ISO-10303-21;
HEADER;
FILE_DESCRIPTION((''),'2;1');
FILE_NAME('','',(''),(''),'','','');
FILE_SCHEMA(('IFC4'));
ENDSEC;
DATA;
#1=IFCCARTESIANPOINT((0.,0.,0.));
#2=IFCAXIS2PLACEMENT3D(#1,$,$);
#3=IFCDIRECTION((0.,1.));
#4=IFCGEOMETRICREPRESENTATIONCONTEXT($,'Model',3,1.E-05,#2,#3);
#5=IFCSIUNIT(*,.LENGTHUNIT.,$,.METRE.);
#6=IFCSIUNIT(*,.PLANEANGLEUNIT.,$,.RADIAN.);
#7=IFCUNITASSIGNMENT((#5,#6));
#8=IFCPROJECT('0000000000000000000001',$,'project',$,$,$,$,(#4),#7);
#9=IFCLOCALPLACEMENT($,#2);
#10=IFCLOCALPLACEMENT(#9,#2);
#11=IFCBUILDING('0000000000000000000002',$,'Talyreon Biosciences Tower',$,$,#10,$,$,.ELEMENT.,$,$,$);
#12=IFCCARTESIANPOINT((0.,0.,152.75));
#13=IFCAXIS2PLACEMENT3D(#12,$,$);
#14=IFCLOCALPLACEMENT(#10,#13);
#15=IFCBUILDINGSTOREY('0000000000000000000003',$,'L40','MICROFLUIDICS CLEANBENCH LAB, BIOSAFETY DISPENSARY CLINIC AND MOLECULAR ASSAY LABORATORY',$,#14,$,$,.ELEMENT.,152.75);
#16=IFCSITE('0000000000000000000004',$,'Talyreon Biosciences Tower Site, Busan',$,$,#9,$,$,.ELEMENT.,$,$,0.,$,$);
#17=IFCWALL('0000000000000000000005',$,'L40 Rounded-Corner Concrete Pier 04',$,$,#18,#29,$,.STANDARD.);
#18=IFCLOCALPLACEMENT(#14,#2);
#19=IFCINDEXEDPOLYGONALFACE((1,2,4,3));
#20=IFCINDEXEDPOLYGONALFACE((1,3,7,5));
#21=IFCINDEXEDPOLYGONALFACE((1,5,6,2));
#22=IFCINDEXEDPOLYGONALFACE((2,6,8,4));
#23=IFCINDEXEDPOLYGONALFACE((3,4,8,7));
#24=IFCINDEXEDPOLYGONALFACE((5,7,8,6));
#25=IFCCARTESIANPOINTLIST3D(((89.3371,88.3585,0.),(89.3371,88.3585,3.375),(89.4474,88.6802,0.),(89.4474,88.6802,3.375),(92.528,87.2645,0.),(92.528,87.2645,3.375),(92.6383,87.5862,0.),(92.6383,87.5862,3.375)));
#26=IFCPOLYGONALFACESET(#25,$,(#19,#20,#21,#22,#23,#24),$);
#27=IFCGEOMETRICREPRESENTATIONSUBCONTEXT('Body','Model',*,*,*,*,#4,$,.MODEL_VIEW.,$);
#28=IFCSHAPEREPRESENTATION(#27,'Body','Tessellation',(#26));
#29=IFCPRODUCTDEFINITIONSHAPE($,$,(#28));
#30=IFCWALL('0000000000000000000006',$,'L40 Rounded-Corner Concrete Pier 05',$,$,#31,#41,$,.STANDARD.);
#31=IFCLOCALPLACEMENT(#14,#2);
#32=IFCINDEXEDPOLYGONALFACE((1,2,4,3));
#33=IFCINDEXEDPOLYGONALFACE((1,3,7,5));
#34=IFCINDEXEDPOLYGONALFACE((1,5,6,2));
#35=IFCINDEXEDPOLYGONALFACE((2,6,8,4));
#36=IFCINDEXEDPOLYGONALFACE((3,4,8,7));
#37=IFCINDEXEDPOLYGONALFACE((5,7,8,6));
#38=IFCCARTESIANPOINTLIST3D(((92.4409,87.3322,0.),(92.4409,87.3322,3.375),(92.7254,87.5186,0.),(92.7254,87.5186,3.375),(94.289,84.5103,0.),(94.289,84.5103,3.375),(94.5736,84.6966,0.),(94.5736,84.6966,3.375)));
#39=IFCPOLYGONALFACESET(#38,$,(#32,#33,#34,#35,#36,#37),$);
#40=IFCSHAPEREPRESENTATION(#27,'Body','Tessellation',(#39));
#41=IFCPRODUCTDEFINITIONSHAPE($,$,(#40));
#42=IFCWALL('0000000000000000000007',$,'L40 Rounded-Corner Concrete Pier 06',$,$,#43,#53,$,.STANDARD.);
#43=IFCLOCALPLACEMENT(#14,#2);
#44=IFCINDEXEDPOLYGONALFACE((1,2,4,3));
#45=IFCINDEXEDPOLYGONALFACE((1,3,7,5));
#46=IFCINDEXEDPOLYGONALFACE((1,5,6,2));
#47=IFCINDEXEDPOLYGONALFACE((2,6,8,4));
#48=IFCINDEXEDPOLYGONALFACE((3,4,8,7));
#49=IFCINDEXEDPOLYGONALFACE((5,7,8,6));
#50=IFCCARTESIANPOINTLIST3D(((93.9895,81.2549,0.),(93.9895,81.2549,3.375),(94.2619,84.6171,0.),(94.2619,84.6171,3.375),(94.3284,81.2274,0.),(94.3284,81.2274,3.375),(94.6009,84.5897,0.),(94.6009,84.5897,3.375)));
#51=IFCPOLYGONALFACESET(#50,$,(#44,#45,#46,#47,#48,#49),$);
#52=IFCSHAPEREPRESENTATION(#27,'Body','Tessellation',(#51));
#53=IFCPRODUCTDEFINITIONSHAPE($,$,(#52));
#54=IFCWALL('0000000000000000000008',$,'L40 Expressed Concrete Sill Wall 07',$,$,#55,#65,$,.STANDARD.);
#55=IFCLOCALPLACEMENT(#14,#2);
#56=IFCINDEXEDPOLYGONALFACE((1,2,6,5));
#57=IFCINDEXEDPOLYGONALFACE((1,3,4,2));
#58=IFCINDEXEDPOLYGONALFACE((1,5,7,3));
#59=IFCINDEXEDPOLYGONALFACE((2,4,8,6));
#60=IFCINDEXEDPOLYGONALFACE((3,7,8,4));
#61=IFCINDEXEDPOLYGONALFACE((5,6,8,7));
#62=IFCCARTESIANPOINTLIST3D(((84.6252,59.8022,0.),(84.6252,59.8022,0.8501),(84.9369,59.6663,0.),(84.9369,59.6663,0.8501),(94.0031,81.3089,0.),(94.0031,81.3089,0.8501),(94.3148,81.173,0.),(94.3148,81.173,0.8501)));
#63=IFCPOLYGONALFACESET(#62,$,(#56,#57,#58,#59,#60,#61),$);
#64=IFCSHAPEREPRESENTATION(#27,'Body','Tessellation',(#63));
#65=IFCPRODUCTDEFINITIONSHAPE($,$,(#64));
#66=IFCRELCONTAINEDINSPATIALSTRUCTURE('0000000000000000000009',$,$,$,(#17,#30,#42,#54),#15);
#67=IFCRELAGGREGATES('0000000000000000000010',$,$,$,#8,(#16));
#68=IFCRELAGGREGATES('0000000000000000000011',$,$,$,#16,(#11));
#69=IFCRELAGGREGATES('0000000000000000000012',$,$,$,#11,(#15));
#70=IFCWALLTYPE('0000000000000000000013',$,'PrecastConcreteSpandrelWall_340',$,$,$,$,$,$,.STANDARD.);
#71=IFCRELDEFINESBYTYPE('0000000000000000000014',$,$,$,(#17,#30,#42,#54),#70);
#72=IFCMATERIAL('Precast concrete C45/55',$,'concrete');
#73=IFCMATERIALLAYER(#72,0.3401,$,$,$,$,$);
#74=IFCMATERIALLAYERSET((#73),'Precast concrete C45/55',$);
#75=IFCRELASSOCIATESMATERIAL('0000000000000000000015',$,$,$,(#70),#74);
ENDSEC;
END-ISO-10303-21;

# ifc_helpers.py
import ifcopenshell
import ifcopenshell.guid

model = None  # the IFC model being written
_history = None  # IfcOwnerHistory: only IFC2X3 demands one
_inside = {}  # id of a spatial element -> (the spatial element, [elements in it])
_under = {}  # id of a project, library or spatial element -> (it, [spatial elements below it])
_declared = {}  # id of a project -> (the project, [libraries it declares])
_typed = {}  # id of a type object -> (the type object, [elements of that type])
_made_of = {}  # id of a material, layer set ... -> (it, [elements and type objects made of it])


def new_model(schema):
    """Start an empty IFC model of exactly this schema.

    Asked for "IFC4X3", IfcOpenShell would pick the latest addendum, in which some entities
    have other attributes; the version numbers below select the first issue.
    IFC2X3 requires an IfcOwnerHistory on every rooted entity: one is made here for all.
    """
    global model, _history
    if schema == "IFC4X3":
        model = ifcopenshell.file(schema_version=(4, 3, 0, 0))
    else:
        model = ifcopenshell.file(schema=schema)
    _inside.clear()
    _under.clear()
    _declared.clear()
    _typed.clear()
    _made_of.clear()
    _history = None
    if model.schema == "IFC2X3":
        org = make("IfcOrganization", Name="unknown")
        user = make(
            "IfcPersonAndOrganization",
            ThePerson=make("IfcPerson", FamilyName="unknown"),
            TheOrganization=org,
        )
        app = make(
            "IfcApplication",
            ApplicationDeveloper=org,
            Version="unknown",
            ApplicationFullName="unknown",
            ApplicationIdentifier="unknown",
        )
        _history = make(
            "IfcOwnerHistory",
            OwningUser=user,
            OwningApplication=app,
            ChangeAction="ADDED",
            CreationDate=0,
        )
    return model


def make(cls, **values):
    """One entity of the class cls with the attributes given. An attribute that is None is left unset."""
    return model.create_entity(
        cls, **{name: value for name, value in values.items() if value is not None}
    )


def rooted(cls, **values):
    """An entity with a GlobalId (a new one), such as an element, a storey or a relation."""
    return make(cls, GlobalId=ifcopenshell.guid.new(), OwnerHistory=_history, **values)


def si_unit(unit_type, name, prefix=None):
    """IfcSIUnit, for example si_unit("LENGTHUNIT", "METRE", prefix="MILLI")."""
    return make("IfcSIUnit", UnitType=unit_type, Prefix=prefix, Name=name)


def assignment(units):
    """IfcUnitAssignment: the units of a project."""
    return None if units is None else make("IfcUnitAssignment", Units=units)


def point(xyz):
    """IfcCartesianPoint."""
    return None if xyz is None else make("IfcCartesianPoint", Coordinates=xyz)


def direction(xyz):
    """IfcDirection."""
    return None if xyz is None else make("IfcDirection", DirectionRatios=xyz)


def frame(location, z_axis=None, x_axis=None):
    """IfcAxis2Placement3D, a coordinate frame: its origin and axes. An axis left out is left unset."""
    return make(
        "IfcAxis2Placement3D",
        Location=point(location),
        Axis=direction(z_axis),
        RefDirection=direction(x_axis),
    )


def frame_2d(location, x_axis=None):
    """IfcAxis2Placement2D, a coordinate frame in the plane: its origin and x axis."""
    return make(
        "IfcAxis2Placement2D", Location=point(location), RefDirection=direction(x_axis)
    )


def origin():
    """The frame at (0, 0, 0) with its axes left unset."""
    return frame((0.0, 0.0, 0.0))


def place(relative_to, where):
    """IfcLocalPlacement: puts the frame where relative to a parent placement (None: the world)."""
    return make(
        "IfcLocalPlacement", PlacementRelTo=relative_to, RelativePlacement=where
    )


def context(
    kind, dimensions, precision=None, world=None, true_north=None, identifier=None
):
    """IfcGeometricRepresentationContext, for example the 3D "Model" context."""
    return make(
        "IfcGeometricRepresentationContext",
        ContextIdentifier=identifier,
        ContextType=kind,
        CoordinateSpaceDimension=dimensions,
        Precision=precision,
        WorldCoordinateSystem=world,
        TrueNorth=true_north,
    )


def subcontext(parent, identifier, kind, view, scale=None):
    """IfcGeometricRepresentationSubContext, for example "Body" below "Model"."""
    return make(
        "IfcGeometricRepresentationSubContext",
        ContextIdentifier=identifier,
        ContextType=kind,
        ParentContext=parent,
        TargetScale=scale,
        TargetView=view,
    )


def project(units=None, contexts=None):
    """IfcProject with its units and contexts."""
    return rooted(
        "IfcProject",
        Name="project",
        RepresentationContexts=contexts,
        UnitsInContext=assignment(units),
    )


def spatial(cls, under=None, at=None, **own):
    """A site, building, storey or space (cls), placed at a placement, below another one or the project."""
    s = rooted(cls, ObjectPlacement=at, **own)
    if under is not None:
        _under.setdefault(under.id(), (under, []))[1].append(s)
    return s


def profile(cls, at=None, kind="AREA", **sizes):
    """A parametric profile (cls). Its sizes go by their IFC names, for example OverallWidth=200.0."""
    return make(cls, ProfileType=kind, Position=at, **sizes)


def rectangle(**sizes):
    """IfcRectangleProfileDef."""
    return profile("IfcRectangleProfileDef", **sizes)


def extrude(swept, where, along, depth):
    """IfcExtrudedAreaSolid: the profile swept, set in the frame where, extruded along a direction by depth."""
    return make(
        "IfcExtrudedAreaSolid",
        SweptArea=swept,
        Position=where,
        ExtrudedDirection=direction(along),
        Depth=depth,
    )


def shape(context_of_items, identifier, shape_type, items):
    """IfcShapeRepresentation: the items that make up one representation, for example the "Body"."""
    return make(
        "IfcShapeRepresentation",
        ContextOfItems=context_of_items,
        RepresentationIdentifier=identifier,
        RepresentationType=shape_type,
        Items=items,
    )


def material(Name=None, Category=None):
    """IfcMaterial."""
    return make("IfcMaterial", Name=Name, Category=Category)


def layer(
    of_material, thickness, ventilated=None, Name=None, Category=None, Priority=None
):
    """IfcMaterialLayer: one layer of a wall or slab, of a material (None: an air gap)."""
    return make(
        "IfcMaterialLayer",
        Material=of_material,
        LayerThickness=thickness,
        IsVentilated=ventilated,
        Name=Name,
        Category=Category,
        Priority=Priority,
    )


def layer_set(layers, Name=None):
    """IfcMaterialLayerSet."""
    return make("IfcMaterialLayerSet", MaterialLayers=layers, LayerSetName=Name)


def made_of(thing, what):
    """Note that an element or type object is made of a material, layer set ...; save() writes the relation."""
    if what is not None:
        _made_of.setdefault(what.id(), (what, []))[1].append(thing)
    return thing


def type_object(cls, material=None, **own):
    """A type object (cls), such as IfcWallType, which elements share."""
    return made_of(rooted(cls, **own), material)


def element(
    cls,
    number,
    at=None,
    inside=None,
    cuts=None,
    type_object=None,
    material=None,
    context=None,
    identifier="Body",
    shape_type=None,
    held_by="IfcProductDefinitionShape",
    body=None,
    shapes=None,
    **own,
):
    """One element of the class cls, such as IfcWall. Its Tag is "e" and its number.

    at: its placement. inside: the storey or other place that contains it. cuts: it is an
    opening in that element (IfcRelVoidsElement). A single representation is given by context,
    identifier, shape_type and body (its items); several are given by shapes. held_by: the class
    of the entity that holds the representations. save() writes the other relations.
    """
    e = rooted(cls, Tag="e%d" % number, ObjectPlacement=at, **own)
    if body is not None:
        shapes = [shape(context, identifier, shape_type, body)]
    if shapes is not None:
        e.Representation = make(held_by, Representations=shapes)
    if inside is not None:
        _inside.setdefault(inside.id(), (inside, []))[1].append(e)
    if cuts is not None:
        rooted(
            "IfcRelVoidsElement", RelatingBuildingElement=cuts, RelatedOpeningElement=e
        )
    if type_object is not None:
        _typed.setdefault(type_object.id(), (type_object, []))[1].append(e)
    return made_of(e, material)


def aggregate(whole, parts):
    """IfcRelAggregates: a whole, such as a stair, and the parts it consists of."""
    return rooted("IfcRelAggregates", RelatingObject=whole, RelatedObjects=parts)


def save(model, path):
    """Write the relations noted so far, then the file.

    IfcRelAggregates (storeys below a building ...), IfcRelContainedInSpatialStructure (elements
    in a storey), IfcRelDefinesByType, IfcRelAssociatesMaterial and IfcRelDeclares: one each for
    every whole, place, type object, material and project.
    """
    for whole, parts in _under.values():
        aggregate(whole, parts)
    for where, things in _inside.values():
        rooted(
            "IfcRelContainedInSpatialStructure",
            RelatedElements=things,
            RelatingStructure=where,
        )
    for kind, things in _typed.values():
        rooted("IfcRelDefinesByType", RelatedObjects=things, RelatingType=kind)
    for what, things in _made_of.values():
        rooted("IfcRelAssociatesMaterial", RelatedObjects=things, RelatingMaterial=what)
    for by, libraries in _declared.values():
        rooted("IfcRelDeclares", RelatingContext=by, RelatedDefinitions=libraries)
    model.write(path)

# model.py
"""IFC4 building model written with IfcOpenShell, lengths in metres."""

from ifc_helpers import new_model, si_unit, direction, frame, frame_2d, origin, place, context, subcontext, project, spatial, rectangle, extrude, material, layer, layer_set, type_object, element, save


model = new_model("IFC4")

# Units and contexts
model_context = context("Model", 3, precision=1e-05, world=origin(), true_north=direction((0.0, 1.0)))
body_context = subcontext(model_context, "Body", "Model", "MODEL_VIEW")
ifc_project = project(units=[si_unit("LENGTHUNIT", "METRE"), si_unit("PLANEANGLEUNIT", "RADIAN")], contexts=[model_context])

# Site, building, storey
site_placement = place(None, origin())
site = spatial("IfcSite", under=ifc_project, at=site_placement, Name="Talyreon Biosciences Tower Site, Busan", CompositionType="ELEMENT", RefElevation=0.0)
building_placement = place(site_placement, origin())
building = spatial("IfcBuilding", under=site, at=building_placement, Name="Talyreon Biosciences Tower", CompositionType="ELEMENT")
storey_placement = place(building_placement, frame((0.0, 0.0, 152.75)))
storey = spatial("IfcBuildingStorey", under=building, at=storey_placement, Name="L40", Description="MICROFLUIDICS CLEANBENCH LAB, BIOSAFETY DISPENSARY CLINIC AND MOLECULAR ASSAY LABORATORY", CompositionType="ELEMENT", Elevation=152.75)

# Shared definitions
ifc_material_1 = material(Name="Precast concrete C45/55", Category="concrete")

# Walls
ifc_layer_1 = layer(ifc_material_1, 0.3401)
ifc_layer_set_1 = layer_set([ifc_layer_1], Name="Precast concrete C45/55")
wall_type_1 = type_object("IfcWallType", Name="PrecastConcreteSpandrelWall_340", PredefinedType="STANDARD", material=ifc_layer_set_1)
for number, where, z_axis, x_axis, name in (
    (1, (89.3923, 88.5193, 0.0), (0.0, 0.0, 1.0), (0.945949, -0.324315, 0.0), "L40 Rounded-Corner Concrete Pier 04"),
    (2, (92.5833, 87.4253, 0.0), (0.0, 0.0, 1.0), (0.547867, -0.836565, 0.0), "L40 Rounded-Corner Concrete Pier 05"),
    (3, (94.4314, 84.6033, 0.0), (0.0, 0.0, 1.0), (-0.080769, -0.996733, 0.0), "L40 Rounded-Corner Concrete Pier 06"),
):
    element("IfcWall", number, at=place(storey_placement, frame(where, z_axis=z_axis, x_axis=x_axis)), inside=storey, type_object=wall_type_1, Name=name, PredefinedType="STANDARD", context=body_context, shape_type="SweptSolid", body=[
        extrude(rectangle(XDim=3.3733, YDim=0.3401, at=frame_2d((1.6865, 0.0))), origin(), (0.0, 0.0, 1.0), 3.375),
    ])
wall_1_placement = place(storey_placement, frame((94.1589, 81.241, 0.0), z_axis=(0.0, 0.0, 1.0), x_axis=(-0.399698, -0.916647, 0.0)))
element("IfcWall", 4, at=wall_1_placement, inside=storey, type_object=wall_type_1, Name="L40 Expressed Concrete Sill Wall 07", PredefinedType="STANDARD", context=body_context, shape_type="SweptSolid", body=[
    extrude(rectangle(XDim=23.4624, YDim=0.3401, at=frame_2d((11.7312, 0.0))), origin(), (0.0, 0.0, 1.0), 0.8501),
])

save(model, "model.ifc")
